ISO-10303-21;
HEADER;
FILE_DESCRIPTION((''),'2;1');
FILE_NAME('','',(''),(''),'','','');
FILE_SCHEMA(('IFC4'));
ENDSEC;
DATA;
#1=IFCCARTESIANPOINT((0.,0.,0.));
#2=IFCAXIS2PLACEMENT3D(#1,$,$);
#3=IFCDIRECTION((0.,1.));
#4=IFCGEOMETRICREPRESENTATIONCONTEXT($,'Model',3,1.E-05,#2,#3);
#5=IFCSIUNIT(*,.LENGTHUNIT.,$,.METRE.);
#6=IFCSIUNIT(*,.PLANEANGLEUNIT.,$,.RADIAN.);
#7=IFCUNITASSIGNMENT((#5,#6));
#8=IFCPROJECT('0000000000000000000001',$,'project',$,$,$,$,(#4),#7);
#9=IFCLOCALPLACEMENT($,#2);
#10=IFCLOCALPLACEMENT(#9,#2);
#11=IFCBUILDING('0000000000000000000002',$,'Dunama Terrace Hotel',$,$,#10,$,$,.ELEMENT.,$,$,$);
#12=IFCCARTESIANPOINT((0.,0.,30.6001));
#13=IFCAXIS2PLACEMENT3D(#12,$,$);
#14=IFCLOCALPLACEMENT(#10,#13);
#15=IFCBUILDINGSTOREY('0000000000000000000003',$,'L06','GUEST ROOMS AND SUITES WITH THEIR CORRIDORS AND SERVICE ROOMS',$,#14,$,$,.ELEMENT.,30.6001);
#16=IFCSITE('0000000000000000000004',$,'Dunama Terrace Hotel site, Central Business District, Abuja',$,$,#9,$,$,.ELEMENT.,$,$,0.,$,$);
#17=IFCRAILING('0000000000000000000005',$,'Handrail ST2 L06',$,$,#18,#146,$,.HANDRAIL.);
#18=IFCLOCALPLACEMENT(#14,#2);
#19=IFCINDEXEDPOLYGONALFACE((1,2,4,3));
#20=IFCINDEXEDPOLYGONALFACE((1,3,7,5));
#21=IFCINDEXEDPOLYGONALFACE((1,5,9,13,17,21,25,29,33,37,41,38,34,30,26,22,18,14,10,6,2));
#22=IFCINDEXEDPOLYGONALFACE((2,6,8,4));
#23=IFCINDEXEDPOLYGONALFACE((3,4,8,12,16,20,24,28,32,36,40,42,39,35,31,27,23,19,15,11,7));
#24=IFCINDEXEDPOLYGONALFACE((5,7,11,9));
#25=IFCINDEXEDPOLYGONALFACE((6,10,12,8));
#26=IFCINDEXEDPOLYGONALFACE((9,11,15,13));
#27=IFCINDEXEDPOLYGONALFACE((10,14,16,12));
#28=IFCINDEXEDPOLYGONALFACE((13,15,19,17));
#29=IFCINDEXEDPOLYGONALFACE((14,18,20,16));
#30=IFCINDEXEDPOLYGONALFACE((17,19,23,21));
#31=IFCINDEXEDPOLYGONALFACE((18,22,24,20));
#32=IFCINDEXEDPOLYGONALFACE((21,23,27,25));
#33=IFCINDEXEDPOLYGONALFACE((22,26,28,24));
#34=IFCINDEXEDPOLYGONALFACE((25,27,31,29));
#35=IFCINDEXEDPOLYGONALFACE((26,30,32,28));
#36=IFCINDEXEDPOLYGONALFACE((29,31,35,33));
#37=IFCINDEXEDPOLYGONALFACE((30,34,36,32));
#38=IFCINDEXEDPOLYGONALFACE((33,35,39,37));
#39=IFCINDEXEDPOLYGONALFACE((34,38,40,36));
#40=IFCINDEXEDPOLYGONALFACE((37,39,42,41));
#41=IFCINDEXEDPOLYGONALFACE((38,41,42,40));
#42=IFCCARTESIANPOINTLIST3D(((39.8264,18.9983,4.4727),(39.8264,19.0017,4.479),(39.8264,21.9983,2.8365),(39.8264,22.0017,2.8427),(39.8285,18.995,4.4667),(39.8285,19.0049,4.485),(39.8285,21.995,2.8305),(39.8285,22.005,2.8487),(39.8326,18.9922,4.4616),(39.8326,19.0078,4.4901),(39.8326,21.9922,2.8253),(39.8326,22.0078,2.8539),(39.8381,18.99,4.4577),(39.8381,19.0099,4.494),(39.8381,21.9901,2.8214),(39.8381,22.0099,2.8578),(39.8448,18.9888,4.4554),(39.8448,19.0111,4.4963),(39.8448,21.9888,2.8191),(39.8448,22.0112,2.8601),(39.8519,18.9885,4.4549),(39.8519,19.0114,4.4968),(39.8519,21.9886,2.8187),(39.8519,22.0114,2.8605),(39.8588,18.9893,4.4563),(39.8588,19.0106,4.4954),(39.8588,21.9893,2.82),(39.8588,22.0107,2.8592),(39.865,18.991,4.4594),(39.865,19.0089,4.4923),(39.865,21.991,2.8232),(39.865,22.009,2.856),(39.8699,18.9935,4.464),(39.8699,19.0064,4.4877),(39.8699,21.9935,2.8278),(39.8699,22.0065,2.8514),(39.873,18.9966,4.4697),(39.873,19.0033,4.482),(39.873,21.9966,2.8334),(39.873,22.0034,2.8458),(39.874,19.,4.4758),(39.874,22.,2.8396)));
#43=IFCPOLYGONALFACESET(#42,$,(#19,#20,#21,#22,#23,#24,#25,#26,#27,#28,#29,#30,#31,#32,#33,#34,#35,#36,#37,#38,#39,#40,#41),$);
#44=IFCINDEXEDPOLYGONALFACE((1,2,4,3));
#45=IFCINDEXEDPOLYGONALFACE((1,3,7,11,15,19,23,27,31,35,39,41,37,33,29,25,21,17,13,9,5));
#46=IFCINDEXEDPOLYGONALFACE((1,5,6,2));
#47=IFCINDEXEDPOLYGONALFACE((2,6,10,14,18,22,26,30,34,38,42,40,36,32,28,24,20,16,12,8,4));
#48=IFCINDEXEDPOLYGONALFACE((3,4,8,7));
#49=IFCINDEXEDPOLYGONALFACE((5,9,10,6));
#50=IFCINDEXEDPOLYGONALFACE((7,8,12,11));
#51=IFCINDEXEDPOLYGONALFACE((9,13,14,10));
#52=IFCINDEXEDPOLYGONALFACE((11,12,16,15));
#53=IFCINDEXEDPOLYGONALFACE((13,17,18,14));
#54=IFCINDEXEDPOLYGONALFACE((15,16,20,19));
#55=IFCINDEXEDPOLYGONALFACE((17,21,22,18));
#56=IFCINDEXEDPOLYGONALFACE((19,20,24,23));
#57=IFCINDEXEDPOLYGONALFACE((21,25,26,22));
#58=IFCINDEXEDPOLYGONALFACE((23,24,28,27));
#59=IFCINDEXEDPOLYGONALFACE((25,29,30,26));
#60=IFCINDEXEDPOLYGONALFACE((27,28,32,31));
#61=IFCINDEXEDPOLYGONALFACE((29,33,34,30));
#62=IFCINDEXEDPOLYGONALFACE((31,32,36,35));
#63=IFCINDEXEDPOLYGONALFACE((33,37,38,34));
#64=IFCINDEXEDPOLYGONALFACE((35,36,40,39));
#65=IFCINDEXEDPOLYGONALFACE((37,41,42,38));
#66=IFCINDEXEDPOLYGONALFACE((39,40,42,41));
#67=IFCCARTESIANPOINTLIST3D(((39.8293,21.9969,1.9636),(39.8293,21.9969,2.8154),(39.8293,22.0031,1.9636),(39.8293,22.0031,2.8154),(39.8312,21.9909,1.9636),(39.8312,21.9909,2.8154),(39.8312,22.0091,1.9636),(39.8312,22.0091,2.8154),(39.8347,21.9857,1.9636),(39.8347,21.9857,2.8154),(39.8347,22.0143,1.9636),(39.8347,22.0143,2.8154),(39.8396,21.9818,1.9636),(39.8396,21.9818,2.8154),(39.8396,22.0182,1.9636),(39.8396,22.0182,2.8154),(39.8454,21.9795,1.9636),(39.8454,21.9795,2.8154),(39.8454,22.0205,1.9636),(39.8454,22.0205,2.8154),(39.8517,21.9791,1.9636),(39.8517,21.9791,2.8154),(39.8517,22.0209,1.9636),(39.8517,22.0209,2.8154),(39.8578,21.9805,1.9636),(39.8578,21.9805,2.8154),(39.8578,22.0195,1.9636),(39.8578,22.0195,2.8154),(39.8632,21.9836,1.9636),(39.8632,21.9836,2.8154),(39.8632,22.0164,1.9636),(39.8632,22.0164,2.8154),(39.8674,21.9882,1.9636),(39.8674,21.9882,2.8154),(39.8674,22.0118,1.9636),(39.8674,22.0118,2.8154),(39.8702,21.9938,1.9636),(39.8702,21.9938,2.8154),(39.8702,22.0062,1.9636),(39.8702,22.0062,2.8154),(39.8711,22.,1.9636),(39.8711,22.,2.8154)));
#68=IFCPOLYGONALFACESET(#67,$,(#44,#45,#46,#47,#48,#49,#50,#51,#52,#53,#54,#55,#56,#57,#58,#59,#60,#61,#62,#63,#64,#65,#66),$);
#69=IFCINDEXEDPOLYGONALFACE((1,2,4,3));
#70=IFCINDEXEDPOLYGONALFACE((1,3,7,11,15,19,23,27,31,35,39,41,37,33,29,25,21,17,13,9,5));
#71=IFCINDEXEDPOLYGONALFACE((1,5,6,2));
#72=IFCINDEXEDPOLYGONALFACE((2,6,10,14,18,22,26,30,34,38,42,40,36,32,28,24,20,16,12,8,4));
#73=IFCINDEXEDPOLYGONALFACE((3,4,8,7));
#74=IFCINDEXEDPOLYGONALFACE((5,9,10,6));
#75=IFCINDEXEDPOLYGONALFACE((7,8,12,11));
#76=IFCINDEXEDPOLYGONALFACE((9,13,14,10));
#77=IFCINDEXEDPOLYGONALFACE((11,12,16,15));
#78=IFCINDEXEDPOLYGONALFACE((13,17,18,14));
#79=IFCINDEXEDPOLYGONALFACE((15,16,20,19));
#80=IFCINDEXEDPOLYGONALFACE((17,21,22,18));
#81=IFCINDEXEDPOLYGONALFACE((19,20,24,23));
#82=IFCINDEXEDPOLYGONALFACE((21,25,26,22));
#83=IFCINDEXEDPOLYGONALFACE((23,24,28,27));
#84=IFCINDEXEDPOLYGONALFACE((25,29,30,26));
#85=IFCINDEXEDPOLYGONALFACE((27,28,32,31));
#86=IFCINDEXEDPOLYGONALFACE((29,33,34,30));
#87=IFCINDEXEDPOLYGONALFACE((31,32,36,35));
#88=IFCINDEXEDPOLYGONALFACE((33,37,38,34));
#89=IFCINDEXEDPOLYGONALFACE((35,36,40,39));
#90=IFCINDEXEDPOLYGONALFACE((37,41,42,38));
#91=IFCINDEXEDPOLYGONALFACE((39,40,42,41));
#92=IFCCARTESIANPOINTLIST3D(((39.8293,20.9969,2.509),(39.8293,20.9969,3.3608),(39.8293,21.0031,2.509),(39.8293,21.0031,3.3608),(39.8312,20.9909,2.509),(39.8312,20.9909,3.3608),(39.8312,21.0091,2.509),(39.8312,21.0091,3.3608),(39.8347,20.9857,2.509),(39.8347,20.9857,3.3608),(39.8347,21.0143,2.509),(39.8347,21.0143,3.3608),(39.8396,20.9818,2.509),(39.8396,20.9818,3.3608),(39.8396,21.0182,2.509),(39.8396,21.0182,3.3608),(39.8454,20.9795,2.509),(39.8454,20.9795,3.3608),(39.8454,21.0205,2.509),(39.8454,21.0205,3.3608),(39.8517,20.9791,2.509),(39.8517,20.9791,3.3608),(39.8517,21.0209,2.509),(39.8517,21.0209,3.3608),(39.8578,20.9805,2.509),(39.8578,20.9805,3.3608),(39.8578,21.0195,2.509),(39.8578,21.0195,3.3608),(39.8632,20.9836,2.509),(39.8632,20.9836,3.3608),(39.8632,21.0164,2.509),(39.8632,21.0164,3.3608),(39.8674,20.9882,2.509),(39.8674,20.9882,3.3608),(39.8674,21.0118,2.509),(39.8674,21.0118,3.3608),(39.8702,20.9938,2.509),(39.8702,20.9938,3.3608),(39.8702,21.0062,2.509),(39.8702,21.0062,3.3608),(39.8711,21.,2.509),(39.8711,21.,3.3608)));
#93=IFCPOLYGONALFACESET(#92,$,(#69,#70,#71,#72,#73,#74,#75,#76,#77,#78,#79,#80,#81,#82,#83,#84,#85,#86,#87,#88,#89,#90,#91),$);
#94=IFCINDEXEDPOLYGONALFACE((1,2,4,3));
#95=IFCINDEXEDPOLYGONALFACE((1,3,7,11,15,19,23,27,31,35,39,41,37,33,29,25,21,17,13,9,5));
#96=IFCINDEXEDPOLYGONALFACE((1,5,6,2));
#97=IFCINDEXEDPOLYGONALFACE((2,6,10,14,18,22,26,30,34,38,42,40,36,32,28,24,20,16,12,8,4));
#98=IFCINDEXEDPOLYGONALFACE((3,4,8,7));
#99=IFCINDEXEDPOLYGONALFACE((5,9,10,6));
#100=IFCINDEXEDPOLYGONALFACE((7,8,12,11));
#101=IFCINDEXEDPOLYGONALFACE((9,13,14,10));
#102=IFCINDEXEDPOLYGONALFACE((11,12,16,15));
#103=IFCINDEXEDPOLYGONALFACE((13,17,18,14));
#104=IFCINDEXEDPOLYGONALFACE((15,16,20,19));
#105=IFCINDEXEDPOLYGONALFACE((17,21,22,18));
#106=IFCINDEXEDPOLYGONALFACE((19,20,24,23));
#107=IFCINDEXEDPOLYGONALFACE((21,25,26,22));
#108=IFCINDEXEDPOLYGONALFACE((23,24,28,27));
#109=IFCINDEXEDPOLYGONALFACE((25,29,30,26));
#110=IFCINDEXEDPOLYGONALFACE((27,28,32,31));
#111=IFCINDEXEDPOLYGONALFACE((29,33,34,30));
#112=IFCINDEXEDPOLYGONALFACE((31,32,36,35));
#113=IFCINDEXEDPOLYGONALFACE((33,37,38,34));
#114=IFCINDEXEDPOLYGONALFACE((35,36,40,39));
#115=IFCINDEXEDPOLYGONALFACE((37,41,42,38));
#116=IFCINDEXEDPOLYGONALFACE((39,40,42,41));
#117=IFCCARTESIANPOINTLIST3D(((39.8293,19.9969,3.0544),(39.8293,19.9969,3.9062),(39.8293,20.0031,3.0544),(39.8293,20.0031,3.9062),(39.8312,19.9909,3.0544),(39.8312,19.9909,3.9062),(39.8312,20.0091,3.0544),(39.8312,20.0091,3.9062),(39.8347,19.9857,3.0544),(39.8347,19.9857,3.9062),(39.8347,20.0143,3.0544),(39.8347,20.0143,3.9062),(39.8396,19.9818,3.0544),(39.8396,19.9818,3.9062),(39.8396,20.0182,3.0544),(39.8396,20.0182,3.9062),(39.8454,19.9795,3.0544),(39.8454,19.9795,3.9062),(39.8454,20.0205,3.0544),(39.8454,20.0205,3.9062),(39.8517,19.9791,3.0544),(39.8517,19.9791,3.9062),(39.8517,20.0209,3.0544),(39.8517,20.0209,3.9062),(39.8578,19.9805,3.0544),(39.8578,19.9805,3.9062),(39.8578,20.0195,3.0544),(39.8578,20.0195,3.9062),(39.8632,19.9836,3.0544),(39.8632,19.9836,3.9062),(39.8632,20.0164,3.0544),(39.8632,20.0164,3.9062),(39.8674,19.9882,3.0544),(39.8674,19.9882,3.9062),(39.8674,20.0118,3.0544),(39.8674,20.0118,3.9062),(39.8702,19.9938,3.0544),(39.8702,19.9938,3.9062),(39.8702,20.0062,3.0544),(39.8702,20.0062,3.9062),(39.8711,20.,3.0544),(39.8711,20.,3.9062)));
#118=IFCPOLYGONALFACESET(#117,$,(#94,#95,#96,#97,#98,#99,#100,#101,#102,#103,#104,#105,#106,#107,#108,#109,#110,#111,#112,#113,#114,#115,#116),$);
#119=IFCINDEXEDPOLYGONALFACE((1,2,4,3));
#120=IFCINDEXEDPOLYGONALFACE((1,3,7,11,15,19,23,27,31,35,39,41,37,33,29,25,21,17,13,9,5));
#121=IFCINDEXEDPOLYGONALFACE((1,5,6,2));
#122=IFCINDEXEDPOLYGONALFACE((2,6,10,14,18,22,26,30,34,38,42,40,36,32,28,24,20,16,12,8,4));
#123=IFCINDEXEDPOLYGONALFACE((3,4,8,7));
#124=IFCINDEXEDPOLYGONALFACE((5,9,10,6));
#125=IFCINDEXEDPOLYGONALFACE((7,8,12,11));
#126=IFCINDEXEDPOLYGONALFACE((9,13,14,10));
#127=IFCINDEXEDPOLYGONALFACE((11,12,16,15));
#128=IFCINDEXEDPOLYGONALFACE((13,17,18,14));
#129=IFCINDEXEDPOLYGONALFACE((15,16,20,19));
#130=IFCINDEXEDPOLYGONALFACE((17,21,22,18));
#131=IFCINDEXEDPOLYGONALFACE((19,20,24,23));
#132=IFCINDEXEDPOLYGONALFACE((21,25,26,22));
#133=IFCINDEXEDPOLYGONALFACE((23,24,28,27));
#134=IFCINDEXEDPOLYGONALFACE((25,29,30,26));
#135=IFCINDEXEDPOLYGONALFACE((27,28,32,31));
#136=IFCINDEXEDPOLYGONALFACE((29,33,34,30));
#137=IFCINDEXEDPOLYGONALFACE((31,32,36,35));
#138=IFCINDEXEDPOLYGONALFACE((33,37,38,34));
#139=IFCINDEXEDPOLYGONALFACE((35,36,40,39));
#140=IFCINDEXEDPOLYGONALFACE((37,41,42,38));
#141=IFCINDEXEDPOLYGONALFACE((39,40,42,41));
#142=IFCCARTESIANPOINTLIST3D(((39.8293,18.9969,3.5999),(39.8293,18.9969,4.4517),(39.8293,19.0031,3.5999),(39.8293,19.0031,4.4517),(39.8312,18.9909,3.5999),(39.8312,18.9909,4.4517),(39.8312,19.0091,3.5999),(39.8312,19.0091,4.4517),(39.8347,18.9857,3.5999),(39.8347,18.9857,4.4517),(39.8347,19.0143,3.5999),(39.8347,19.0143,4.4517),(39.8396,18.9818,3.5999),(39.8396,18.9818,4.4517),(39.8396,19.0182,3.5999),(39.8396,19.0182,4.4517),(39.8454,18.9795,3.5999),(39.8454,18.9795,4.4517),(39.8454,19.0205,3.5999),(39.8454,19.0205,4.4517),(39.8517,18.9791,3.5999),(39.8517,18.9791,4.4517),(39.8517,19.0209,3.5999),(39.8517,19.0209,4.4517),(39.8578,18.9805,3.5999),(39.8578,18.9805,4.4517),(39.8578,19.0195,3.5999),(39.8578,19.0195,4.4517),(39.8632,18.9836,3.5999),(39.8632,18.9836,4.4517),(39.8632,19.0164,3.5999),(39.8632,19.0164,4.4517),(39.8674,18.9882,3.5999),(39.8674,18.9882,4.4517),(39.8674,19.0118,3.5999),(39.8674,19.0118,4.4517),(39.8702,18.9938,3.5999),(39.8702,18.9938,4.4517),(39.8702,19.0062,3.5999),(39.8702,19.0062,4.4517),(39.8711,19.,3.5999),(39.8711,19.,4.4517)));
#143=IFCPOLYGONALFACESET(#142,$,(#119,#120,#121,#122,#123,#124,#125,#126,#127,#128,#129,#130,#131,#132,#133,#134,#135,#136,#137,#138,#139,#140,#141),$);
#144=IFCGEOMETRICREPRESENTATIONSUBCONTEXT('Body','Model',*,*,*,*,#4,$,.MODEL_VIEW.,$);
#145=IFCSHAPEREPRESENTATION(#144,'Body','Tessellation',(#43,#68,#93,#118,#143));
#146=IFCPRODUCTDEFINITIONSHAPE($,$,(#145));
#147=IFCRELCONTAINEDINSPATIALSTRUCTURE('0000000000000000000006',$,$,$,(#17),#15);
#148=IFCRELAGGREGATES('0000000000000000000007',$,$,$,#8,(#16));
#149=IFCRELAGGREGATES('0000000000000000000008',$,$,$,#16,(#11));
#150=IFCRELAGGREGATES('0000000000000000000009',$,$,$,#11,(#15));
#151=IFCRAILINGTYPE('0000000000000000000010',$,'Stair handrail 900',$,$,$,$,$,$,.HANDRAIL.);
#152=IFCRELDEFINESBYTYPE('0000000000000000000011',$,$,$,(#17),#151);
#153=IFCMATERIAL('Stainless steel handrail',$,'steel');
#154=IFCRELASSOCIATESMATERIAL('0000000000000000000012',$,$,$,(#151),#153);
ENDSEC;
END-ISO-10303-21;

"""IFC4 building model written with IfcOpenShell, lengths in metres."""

from ifc_helpers import new_model, si_unit, direction, frame, origin, origin_2d, place, context, subcontext, project, spatial, circle, extrude, material, type_object, element, save


model = new_model("IFC4")

# Units and contexts
model_context = context("Model", 3, precision=1e-05, world=origin(), true_north=direction((0.0, 1.0)))
body_context = subcontext(model_context, "Body", "Model", "MODEL_VIEW")
ifc_project = project(units=[si_unit("LENGTHUNIT", "METRE"), si_unit("PLANEANGLEUNIT", "RADIAN")], contexts=[model_context])

# Site, building, storey
site_placement = place(None, origin())
site = spatial("IfcSite", under=ifc_project, at=site_placement, Name="Dunama Terrace Hotel site, Central Business District, Abuja", CompositionType="ELEMENT", RefElevation=0.0)
building_placement = place(site_placement, origin())
building = spatial("IfcBuilding", under=site, at=building_placement, Name="Dunama Terrace Hotel", CompositionType="ELEMENT")
storey_placement = place(building_placement, frame((0.0, 0.0, 30.6001)))
storey = spatial("IfcBuildingStorey", under=building, at=storey_placement, Name="L06", Description="GUEST ROOMS AND SUITES WITH THEIR CORRIDORS AND SERVICE ROOMS", CompositionType="ELEMENT", Elevation=30.6001)

# Railing
ifc_material_1 = material(Name="Stainless steel handrail", Category="steel")
railing_type = type_object("IfcRailingType", Name="Stair handrail 900", PredefinedType="HANDRAIL", material=ifc_material_1)
railing_1_placement = place(storey_placement, frame((39.8501, 22.0, 1.9636)))
element("IfcRailing", 1, at=railing_1_placement, inside=storey, type_object=railing_type, Name="Handrail ST2 L06", PredefinedType="HANDRAIL", context=body_context, shape_type="SweptSolid", body=[
    extrude(circle(Radius=0.0239, at=origin_2d()), frame((0.0, 0.0, 0.876), z_axis=(0.0, -0.877912, 0.478822), x_axis=(1.0, 0.0, 0.0)), (0.0, 0.0, 1.0), 3.4172),
    extrude(circle(Radius=0.021, at=origin_2d()), origin(), (0.0, 0.0, 1.0), 0.8518),
    extrude(circle(Radius=0.021, at=origin_2d()), frame((0.0, -1.0, 0.5454)), (0.0, 0.0, 1.0), 0.8518),
    extrude(circle(Radius=0.021, at=origin_2d()), frame((0.0, -2.0, 1.0908)), (0.0, 0.0, 1.0), 0.8518),
    extrude(circle(Radius=0.021, at=origin_2d()), frame((0.0, -3.0, 1.6362)), (0.0, 0.0, 1.0), 0.8518),
])

save(model, "model.ifc")
